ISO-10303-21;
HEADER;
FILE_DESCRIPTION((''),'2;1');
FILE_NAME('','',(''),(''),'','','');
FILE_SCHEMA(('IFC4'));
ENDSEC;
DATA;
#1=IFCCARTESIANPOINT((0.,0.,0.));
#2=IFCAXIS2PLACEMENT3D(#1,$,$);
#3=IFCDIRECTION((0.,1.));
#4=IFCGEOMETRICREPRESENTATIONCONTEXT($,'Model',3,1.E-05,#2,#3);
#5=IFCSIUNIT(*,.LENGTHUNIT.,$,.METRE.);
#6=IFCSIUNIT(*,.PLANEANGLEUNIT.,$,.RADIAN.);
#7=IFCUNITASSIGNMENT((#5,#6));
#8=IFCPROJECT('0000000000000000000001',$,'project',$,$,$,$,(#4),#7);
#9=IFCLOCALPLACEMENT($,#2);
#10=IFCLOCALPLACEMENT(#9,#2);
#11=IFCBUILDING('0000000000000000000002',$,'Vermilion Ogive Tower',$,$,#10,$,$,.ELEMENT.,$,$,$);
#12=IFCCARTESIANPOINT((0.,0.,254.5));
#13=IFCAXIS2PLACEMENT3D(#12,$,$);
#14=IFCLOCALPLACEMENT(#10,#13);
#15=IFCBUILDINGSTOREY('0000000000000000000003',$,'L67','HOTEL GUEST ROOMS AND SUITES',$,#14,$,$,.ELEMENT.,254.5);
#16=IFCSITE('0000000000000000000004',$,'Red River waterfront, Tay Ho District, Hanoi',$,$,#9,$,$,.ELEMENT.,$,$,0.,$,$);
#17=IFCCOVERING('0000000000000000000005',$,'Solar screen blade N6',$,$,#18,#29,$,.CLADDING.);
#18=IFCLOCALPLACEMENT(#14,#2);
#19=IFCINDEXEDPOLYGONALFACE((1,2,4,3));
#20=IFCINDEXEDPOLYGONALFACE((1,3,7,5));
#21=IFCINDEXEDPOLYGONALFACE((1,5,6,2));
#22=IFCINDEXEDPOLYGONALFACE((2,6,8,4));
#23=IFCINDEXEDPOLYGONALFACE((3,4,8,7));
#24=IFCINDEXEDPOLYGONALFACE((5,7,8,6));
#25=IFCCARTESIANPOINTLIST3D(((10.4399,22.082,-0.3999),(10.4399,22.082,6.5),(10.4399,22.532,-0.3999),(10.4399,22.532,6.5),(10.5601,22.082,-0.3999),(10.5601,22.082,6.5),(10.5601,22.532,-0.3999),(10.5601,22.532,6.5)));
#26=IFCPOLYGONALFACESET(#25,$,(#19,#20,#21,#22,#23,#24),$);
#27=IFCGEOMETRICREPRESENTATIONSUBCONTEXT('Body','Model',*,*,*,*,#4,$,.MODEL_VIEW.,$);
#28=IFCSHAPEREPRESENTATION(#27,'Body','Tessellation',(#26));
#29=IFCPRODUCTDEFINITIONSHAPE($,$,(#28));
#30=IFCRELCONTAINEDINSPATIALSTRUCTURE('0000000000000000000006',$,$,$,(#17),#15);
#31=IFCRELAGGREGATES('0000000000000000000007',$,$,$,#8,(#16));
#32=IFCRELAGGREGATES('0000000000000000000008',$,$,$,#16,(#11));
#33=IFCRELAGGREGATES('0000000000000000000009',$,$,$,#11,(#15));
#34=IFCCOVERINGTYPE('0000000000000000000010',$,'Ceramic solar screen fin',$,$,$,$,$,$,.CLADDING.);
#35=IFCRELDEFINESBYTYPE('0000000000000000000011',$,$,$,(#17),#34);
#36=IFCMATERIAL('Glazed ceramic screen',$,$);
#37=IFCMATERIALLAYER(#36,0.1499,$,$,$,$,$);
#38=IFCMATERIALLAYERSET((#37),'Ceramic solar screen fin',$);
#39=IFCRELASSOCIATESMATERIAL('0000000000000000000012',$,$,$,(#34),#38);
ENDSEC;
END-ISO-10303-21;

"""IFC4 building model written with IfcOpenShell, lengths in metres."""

from ifc_helpers import new_model, si_unit, direction, frame, origin, place, context, subcontext, project, spatial, polyline, outline, extrude, material, layer, layer_set, type_object, element, save


model = new_model("IFC4")

# Units and contexts
model_context = context("Model", 3, precision=1e-05, world=origin(), true_north=direction((0.0, 1.0)))
body_context = subcontext(model_context, "Body", "Model", "MODEL_VIEW")
ifc_project = project(units=[si_unit("LENGTHUNIT", "METRE"), si_unit("PLANEANGLEUNIT", "RADIAN")], contexts=[model_context])

# Site, building, storey
site_placement = place(None, origin())
site = spatial("IfcSite", under=ifc_project, at=site_placement, Name="Red River waterfront, Tay Ho District, Hanoi", CompositionType="ELEMENT", RefElevation=0.0)
building_placement = place(site_placement, origin())
building = spatial("IfcBuilding", under=site, at=building_placement, Name="Vermilion Ogive Tower", CompositionType="ELEMENT")
storey_placement = place(building_placement, frame((0.0, 0.0, 254.5)))
storey = spatial("IfcBuildingStorey", under=building, at=storey_placement, Name="L67", Description="HOTEL GUEST ROOMS AND SUITES", CompositionType="ELEMENT", Elevation=254.5)

# Covering
ifc_material_1 = material(Name="Glazed ceramic screen")
ifc_layer_1 = layer(ifc_material_1, 0.1499)
ifc_layer_set_1 = layer_set([ifc_layer_1], Name="Ceramic solar screen fin")
covering_type = type_object("IfcCoveringType", Name="Ceramic solar screen fin", PredefinedType="CLADDING", material=ifc_layer_set_1)
covering_1_placement = place(storey_placement, frame((0.0, 0.0, -0.3999)))
element("IfcCovering", 1, at=covering_1_placement, inside=storey, type_object=covering_type, Name="Solar screen blade N6", PredefinedType="CLADDING", context=body_context, shape_type="SweptSolid", body=[
    extrude(outline(polyline([(10.4399, 22.082), (10.5601, 22.082), (10.5601, 22.532), (10.4399, 22.532), (10.4399, 22.082)])), origin(), (0.0, 0.0, 1.0), 6.8999),
])

save(model, "model.ifc")
